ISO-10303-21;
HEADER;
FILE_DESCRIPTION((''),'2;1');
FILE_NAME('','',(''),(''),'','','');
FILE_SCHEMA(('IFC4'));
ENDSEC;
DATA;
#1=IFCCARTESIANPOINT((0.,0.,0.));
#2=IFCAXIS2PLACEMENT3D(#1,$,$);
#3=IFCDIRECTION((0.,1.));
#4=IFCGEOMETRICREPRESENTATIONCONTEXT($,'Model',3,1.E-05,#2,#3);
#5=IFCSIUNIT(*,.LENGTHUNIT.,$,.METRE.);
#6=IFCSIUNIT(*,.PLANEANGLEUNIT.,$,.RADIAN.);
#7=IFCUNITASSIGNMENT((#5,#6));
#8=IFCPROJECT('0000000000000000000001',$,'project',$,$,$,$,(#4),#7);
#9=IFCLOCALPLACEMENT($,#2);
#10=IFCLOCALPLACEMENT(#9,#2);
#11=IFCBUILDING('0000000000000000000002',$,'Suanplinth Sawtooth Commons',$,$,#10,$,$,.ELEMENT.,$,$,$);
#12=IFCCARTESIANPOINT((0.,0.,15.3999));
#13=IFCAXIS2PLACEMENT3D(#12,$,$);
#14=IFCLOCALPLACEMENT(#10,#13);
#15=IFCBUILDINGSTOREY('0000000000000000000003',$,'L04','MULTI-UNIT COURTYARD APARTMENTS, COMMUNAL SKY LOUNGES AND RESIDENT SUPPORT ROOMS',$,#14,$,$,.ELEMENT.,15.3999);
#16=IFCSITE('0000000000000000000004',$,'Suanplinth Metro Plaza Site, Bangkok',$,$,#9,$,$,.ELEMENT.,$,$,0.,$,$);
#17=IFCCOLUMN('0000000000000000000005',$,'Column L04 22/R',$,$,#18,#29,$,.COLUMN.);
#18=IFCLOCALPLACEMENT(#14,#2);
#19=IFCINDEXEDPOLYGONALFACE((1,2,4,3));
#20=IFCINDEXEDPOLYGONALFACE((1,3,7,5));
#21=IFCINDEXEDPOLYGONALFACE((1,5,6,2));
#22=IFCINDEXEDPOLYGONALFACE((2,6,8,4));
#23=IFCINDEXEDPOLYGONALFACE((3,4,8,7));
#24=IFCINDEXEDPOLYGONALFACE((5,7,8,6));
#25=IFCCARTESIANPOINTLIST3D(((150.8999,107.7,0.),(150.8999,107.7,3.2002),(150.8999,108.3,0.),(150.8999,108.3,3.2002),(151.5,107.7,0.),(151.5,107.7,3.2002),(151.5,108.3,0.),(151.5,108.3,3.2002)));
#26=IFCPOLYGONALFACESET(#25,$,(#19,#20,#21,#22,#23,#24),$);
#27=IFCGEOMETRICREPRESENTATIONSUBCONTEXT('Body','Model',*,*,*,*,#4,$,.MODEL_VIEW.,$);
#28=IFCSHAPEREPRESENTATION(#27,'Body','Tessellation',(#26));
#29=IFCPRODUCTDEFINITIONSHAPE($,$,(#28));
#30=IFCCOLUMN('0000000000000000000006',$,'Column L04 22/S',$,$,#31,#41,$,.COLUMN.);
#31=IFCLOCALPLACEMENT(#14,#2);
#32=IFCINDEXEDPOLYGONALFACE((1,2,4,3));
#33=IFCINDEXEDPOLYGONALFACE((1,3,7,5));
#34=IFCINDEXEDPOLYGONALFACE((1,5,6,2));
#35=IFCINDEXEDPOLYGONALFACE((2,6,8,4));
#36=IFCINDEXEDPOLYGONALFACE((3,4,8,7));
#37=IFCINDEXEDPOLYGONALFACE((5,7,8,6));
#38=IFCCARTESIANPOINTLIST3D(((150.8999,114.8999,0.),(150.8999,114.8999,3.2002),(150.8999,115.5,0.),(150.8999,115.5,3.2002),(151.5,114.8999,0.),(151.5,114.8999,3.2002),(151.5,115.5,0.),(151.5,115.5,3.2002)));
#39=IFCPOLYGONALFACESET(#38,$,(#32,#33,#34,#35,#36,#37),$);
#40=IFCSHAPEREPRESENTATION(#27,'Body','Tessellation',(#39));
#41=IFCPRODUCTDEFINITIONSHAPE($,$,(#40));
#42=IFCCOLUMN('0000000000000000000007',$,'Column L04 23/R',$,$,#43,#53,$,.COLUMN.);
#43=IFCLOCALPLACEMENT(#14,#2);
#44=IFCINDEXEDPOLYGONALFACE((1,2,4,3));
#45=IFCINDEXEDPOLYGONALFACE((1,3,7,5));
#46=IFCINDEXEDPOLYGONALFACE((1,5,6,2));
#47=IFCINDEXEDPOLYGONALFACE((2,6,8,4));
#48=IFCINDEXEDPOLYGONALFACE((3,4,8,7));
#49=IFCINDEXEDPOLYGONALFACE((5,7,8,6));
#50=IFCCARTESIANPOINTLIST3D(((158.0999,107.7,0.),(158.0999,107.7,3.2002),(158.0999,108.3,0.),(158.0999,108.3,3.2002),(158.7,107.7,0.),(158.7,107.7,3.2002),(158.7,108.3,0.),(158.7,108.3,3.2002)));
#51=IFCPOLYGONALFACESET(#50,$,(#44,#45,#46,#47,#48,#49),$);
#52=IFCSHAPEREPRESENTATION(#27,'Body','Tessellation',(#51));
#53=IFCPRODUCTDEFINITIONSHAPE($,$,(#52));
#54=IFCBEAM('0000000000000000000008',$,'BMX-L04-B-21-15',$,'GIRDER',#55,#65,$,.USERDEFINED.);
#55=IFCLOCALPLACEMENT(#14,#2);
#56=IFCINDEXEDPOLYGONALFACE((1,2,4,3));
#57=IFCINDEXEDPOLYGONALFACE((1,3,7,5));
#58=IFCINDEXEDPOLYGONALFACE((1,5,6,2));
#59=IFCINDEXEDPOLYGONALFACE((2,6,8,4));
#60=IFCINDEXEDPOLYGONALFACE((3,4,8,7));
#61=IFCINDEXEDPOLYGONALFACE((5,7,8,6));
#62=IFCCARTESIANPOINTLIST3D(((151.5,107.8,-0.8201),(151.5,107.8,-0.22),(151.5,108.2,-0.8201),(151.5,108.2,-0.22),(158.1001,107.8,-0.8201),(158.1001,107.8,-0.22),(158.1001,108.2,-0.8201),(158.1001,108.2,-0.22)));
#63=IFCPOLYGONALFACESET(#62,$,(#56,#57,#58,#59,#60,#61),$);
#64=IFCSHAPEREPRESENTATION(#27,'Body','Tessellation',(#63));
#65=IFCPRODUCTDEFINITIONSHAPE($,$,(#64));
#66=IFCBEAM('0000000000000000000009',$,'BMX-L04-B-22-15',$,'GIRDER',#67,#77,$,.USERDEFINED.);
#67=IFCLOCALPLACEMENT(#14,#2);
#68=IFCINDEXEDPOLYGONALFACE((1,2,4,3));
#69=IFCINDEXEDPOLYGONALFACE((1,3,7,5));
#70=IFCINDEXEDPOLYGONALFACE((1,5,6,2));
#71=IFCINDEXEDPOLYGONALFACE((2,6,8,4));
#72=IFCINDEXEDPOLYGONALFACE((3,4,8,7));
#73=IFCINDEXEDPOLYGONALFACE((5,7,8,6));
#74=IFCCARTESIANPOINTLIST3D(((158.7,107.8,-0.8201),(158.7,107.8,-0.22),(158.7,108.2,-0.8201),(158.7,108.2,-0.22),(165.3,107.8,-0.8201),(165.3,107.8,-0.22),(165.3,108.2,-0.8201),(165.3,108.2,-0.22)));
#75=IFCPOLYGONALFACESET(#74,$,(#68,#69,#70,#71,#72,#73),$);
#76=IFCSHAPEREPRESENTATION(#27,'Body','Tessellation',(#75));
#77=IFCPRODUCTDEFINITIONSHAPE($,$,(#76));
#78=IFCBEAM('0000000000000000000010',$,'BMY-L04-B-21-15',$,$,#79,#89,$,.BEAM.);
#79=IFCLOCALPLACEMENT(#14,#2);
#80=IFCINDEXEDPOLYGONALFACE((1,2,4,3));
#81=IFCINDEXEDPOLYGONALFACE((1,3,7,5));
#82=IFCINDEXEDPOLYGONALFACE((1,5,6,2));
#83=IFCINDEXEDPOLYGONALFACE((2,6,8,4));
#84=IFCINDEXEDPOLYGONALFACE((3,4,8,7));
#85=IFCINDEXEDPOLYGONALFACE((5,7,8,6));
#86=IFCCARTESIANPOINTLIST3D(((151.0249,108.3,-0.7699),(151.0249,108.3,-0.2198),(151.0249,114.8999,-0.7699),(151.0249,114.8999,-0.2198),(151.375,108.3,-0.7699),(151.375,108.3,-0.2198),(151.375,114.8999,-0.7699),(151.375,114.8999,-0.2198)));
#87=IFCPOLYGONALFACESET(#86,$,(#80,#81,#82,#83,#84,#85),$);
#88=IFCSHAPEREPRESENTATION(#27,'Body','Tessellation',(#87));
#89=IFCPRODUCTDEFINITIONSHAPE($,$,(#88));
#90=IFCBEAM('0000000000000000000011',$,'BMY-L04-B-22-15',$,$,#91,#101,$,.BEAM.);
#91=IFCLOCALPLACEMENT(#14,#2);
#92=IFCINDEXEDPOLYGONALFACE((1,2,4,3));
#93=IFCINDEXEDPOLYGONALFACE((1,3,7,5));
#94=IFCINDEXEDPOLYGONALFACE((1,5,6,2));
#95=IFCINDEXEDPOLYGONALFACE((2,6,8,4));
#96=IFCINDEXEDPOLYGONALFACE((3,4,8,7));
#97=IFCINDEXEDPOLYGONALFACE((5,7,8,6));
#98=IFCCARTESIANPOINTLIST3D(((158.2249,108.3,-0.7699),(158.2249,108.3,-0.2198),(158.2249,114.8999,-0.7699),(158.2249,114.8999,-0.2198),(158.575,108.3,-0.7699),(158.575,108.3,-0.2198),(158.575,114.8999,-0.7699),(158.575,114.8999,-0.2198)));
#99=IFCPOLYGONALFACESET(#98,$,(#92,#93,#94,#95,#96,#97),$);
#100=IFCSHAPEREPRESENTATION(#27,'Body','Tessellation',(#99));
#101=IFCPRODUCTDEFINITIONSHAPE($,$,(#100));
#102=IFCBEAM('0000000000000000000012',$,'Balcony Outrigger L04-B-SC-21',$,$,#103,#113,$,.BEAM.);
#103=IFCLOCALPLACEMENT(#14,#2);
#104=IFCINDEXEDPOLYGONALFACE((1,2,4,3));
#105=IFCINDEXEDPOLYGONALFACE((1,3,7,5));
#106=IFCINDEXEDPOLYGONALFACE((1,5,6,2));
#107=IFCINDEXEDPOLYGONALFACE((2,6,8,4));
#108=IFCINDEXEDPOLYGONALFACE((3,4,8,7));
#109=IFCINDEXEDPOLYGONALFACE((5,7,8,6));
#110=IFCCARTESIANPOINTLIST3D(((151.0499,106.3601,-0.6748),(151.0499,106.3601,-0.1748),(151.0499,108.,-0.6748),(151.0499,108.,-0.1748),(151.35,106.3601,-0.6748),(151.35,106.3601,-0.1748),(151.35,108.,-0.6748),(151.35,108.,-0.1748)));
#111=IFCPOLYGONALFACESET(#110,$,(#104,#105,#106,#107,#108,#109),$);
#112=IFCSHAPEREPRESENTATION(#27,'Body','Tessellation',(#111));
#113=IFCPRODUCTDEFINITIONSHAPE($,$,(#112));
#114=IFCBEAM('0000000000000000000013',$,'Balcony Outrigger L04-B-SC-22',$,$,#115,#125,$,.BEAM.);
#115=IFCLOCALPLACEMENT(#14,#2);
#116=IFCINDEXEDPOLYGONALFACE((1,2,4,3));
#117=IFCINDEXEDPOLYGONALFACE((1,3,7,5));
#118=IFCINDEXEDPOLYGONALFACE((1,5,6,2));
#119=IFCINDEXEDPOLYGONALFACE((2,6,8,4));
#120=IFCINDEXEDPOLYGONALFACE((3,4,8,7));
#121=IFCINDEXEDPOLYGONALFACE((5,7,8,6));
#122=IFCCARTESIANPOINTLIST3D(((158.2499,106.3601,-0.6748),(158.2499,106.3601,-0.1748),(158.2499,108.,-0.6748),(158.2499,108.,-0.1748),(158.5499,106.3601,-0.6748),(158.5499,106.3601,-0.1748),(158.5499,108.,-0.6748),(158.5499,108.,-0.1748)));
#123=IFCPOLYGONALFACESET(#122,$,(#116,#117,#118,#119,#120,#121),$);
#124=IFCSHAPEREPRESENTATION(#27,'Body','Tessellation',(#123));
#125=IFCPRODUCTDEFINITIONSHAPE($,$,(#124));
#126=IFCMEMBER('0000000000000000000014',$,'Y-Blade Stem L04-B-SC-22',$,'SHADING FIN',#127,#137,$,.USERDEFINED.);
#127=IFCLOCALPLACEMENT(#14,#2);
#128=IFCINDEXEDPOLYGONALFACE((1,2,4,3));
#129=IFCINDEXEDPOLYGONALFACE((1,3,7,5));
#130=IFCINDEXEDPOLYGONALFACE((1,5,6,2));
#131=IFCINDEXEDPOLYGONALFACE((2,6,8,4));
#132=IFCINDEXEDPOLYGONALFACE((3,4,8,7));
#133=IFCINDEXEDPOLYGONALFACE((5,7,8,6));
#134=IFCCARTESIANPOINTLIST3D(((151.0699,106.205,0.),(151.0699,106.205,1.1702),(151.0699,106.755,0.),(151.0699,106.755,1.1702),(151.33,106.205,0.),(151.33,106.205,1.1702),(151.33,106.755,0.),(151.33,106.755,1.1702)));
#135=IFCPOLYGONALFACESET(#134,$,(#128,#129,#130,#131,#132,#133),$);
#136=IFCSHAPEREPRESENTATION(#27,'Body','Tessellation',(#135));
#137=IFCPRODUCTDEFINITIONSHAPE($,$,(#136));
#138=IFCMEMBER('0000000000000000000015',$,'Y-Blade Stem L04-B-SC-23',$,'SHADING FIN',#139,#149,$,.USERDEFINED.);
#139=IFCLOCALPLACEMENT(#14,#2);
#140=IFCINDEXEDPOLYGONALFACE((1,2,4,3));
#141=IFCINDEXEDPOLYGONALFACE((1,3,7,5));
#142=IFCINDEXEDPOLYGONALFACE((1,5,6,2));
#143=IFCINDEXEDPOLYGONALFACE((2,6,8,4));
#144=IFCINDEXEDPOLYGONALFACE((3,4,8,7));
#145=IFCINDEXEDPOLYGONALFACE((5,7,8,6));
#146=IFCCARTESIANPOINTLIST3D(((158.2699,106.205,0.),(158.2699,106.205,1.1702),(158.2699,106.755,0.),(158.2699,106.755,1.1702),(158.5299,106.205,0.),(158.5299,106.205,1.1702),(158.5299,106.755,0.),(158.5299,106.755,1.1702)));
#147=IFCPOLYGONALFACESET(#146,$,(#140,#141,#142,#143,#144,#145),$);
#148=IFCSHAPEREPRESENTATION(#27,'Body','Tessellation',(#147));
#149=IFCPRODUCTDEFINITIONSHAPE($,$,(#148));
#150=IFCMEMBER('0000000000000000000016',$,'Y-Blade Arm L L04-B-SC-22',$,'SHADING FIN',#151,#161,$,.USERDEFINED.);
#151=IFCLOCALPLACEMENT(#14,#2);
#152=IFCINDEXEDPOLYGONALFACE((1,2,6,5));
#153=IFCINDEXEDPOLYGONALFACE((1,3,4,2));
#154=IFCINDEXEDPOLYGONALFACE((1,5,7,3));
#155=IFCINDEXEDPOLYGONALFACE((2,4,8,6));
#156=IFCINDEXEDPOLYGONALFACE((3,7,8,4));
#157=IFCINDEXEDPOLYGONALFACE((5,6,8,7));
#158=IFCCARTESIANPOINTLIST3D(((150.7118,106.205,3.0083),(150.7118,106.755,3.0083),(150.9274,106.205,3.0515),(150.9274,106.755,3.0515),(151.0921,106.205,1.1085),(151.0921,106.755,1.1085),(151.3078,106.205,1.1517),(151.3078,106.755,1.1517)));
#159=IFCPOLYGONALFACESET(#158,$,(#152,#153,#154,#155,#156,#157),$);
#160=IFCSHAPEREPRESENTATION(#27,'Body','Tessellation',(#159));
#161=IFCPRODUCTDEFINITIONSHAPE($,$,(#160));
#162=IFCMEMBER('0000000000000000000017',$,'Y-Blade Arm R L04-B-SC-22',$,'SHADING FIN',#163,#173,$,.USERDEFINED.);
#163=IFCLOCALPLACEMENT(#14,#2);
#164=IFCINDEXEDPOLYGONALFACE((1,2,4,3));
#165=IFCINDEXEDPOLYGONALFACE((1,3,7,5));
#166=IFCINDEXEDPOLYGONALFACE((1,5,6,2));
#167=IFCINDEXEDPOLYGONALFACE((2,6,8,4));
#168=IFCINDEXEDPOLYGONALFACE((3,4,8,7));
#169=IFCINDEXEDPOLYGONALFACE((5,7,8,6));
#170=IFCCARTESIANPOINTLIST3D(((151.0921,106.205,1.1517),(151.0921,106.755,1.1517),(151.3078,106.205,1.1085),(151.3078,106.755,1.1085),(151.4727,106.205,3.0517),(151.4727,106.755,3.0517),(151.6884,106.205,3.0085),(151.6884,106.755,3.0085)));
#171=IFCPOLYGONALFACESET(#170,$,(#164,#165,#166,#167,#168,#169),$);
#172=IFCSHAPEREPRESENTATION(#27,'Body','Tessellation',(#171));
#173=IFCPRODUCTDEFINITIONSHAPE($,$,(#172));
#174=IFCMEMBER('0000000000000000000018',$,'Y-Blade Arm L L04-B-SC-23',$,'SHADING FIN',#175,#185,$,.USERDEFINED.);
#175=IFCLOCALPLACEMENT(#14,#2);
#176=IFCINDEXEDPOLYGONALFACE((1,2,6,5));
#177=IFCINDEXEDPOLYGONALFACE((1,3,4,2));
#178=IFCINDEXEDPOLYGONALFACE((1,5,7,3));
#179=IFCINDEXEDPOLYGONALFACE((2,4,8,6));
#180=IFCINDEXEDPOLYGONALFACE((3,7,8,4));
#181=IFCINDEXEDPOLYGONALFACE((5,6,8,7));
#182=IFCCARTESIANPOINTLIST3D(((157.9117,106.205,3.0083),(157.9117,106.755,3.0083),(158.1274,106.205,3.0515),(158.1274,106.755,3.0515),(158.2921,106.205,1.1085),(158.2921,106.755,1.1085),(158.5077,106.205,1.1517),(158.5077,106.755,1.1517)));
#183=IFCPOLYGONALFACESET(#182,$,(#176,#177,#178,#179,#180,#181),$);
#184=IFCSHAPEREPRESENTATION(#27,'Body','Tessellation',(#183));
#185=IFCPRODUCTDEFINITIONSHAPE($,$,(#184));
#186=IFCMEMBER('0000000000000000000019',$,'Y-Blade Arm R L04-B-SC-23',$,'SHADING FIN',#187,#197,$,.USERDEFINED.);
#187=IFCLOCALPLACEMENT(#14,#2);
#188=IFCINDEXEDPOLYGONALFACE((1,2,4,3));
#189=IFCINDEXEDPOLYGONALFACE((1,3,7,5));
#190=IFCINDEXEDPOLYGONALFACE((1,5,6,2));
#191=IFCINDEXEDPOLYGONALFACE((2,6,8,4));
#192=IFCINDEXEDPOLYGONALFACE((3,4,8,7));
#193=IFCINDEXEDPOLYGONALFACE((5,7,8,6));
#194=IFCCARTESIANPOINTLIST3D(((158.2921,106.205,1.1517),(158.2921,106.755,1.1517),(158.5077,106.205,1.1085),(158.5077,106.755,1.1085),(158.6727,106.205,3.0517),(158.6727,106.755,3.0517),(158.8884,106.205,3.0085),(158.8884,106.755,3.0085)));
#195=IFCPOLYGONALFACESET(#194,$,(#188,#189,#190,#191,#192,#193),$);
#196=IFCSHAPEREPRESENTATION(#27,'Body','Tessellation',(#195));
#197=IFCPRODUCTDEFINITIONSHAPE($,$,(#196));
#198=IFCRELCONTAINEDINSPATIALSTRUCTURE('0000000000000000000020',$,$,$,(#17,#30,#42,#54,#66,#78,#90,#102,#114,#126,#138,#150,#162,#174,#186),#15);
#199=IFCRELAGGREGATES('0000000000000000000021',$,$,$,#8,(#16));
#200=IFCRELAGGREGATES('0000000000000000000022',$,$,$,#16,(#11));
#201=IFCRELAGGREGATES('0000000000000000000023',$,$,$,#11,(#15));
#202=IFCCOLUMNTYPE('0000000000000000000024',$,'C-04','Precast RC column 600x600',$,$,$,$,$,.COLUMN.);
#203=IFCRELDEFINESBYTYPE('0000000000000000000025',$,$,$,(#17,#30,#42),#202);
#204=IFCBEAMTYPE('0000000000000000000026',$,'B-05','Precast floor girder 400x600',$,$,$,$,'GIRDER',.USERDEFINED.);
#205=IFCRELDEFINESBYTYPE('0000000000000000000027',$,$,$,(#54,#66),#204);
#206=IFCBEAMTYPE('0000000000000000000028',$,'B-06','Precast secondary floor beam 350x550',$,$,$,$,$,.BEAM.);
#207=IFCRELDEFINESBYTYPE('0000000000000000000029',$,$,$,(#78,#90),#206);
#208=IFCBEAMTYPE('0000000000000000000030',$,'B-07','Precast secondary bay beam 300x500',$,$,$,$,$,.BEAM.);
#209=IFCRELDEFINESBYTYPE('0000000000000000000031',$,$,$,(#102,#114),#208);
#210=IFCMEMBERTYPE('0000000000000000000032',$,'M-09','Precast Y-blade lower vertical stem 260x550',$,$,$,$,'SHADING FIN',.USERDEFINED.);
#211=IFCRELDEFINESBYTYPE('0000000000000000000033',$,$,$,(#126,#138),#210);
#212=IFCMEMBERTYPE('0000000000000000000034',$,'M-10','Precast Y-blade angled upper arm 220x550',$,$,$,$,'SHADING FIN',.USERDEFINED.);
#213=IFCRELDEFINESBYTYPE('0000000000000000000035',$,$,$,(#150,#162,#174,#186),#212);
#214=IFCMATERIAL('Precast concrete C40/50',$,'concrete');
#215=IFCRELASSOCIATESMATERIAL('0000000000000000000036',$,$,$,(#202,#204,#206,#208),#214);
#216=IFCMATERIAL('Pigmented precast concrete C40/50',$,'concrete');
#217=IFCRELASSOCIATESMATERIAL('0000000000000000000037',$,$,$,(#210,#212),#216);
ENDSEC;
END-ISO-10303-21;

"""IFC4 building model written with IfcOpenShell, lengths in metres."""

from ifc_helpers import new_model, si_unit, direction, frame, origin, origin_2d, place, context, subcontext, project, spatial, rectangle, extrude, material, material_profile, profile_set, type_object, element, save


model = new_model("IFC4")

# Units and contexts
model_context = context("Model", 3, precision=1e-05, world=origin(), true_north=direction((0.0, 1.0)))
body_context = subcontext(model_context, "Body", "Model", "MODEL_VIEW")
ifc_project = project(units=[si_unit("LENGTHUNIT", "METRE"), si_unit("PLANEANGLEUNIT", "RADIAN")], contexts=[model_context])

# Site, building, storey
site_placement = place(None, origin())
site = spatial("IfcSite", under=ifc_project, at=site_placement, Name="Suanplinth Metro Plaza Site, Bangkok", CompositionType="ELEMENT", RefElevation=0.0)
building_placement = place(site_placement, origin())
building = spatial("IfcBuilding", under=site, at=building_placement, Name="Suanplinth Sawtooth Commons", CompositionType="ELEMENT")
storey_placement = place(building_placement, frame((0.0, 0.0, 15.3999)))
storey = spatial("IfcBuildingStorey", under=building, at=storey_placement, Name="L04", Description="MULTI-UNIT COURTYARD APARTMENTS, COMMUNAL SKY LOUNGES AND RESIDENT SUPPORT ROOMS", CompositionType="ELEMENT", Elevation=15.3999)

# Columns
ifc_material_1 = material(Name="Precast concrete C40/50", Category="concrete")
ifc_material_profile_1 = material_profile(ifc_material_1, rectangle(XDim=0.6001, YDim=0.6001, at=origin_2d()), Name="PC-COL 600x600")
ifc_profile_set_1 = profile_set([ifc_material_profile_1], Name="Precast concrete C40/50")
column_type = type_object("IfcColumnType", Name="C-04", Description="Precast RC column 600x600", PredefinedType="COLUMN", material=ifc_profile_set_1)
for number, where, z_axis, x_axis, name in (
    (1, (151.2, 108.0, 0.0), (0.0, 0.0, 1.0), (1.0, 0.0, 0.0), "Column L04 22/R"),
    (2, (151.2, 115.2, 0.0), (0.0, 0.0, 1.0), (1.0, 0.0, 0.0), "Column L04 22/S"),
    (3, (158.3999, 108.0, 0.0), (0.0, 0.0, 1.0), (1.0, 0.0, 0.0), "Column L04 23/R"),
):
    element("IfcColumn", number, at=place(storey_placement, frame(where, z_axis=z_axis, x_axis=x_axis)), inside=storey, type_object=column_type, Name=name, PredefinedType="COLUMN", context=body_context, shape_type="SweptSolid", body=[
        extrude(rectangle(XDim=0.6001, YDim=0.6001, at=origin_2d()), origin(), (0.0, 0.0, 1.0), 3.2002),
    ])

# Beams
ifc_material_profile_2 = material_profile(ifc_material_1, rectangle(XDim=0.3999, YDim=0.6001, at=origin_2d()), Name="PC-GDR 400x600")
ifc_profile_set_2 = profile_set([ifc_material_profile_2], Name="Precast concrete C40/50")
beam_type_1 = type_object("IfcBeamType", Name="B-05", Description="Precast floor girder 400x600", ElementType="GIRDER", PredefinedType="USERDEFINED", material=ifc_profile_set_2)
for number, where, z_axis, x_axis, name in (
    (4, (151.5, 108.0, -0.52), (1.0, 0.0, 0.0), (0.0, 1.0, 0.0), "BMX-L04-B-21-15"),
    (5, (158.7, 108.0, -0.52), (1.0, 0.0, 0.0), (0.0, 1.0, 0.0), "BMX-L04-B-22-15"),
):
    element("IfcBeam", number, at=place(storey_placement, frame(where, z_axis=z_axis, x_axis=x_axis)), inside=storey, type_object=beam_type_1, Name=name, ObjectType="GIRDER", PredefinedType="USERDEFINED", context=body_context, shape_type="SweptSolid", body=[
        extrude(rectangle(XDim=0.3999, YDim=0.6001, at=origin_2d()), origin(), (0.0, 0.0, 1.0), 6.6001),
    ])
ifc_material_profile_3 = material_profile(ifc_material_1, rectangle(XDim=0.3501, YDim=0.55, at=origin_2d()), Name="PC-BM 350x550")
ifc_profile_set_3 = profile_set([ifc_material_profile_3], Name="Precast concrete C40/50")
beam_type_2 = type_object("IfcBeamType", Name="B-06", Description="Precast secondary floor beam 350x550", PredefinedType="BEAM", material=ifc_profile_set_3)
for number, where, z_axis, x_axis, name in (
    (6, (151.2, 108.3, -0.4949), (0.0, 1.0, 0.0), (-1.0, 0.0, 0.0), "BMY-L04-B-21-15"),
    (7, (158.3999, 108.3, -0.4949), (0.0, 1.0, 0.0), (-1.0, 0.0, 0.0), "BMY-L04-B-22-15"),
):
    element("IfcBeam", number, at=place(storey_placement, frame(where, z_axis=z_axis, x_axis=x_axis)), inside=storey, type_object=beam_type_2, Name=name, PredefinedType="BEAM", context=body_context, shape_type="SweptSolid", body=[
        extrude(rectangle(XDim=0.3501, YDim=0.55, at=origin_2d()), origin(), (0.0, 0.0, 1.0), 6.5999),
    ])
ifc_material_profile_4 = material_profile(ifc_material_1, rectangle(XDim=0.3, YDim=0.5, at=origin_2d()), Name="PC-BM 300x500")
ifc_profile_set_4 = profile_set([ifc_material_profile_4], Name="Precast concrete C40/50")
beam_type_3 = type_object("IfcBeamType", Name="B-07", Description="Precast secondary bay beam 300x500", PredefinedType="BEAM", material=ifc_profile_set_4)
for number, where, z_axis, x_axis, name in (
    (8, (151.2, 108.0, -0.4248), (0.0, -1.0, 0.0), (1.0, 0.0, 0.0), "Balcony Outrigger L04-B-SC-21"),
    (9, (158.3999, 108.0, -0.4248), (0.0, -1.0, 0.0), (1.0, 0.0, 0.0), "Balcony Outrigger L04-B-SC-22"),
):
    element("IfcBeam", number, at=place(storey_placement, frame(where, z_axis=z_axis, x_axis=x_axis)), inside=storey, type_object=beam_type_3, Name=name, PredefinedType="BEAM", context=body_context, shape_type="SweptSolid", body=[
        extrude(rectangle(XDim=0.3, YDim=0.5, at=origin_2d()), origin(), (0.0, 0.0, 1.0), 1.6399),
    ])

# Members
ifc_material_2 = material(Name="Pigmented precast concrete C40/50", Category="concrete")
ifc_material_profile_5 = material_profile(ifc_material_2, rectangle(XDim=0.26, YDim=0.55, at=origin_2d()), Name="PC-FIN 260x550")
ifc_profile_set_5 = profile_set([ifc_material_profile_5], Name="Pigmented precast concrete C40/50")
member_type_1 = type_object("IfcMemberType", Name="M-09", Description="Precast Y-blade lower vertical stem 260x550", ElementType="SHADING FIN", PredefinedType="USERDEFINED", material=ifc_profile_set_5)
for number, where, z_axis, x_axis, name in (
    (10, (151.2, 106.48, 0.0), (0.0, 0.0, 1.0), (1.0, 0.0, 0.0), "Y-Blade Stem L04-B-SC-22"),
    (11, (158.3999, 106.48, 0.0), (0.0, 0.0, 1.0), (1.0, 0.0, 0.0), "Y-Blade Stem L04-B-SC-23"),
):
    element("IfcMember", number, at=place(storey_placement, frame(where, z_axis=z_axis, x_axis=x_axis)), inside=storey, type_object=member_type_1, Name=name, ObjectType="SHADING FIN", PredefinedType="USERDEFINED", context=body_context, shape_type="SweptSolid", body=[
        extrude(rectangle(XDim=0.26, YDim=0.55, at=origin_2d()), origin(), (0.0, 0.0, 1.0), 1.1702),
    ])
ifc_material_profile_6 = material_profile(ifc_material_2, rectangle(XDim=0.22, YDim=0.55, at=origin_2d()), Name="PC-FIN 220x550")
ifc_profile_set_6 = profile_set([ifc_material_profile_6], Name="Pigmented precast concrete C40/50")
member_type_2 = type_object("IfcMemberType", Name="M-10", Description="Precast Y-blade angled upper arm 220x550", ElementType="SHADING FIN", PredefinedType="USERDEFINED", material=ifc_profile_set_6)
member_1_placement = place(storey_placement, frame((151.2, 106.48, 1.1301), z_axis=(-0.19631, 0.0, 0.980542), x_axis=(0.980542, 0.0, 0.19631)))
element("IfcMember", 12, at=member_1_placement, inside=storey, type_object=member_type_2, Name="Y-Blade Arm L L04-B-SC-22", ObjectType="SHADING FIN", PredefinedType="USERDEFINED", context=body_context, shape_type="SweptSolid", body=[
    extrude(rectangle(XDim=0.22, YDim=0.55, at=origin_2d()), origin(), (0.0, 0.0, 1.0), 1.9375),
])
member_2_placement = place(storey_placement, frame((151.2, 106.48, 1.1301), z_axis=(0.196431, 0.0, 0.980518), x_axis=(-0.980518, 0.0, 0.196431)))
element("IfcMember", 13, at=member_2_placement, inside=storey, type_object=member_type_2, Name="Y-Blade Arm R L04-B-SC-22", ObjectType="SHADING FIN", PredefinedType="USERDEFINED", context=body_context, shape_type="SweptSolid", body=[
    extrude(rectangle(XDim=0.22, YDim=0.55, at=origin_2d()), origin(), (0.0, 0.0, 1.0), 1.9377),
])
member_3_placement = place(storey_placement, frame((158.3999, 106.48, 1.1301), z_axis=(-0.19631, 0.0, 0.980542), x_axis=(0.980542, 0.0, 0.19631)))
element("IfcMember", 14, at=member_3_placement, inside=storey, type_object=member_type_2, Name="Y-Blade Arm L L04-B-SC-23", ObjectType="SHADING FIN", PredefinedType="USERDEFINED", context=body_context, shape_type="SweptSolid", body=[
    extrude(rectangle(XDim=0.22, YDim=0.55, at=origin_2d()), origin(), (0.0, 0.0, 1.0), 1.9375),
])
member_4_placement = place(storey_placement, frame((158.3999, 106.48, 1.1301), z_axis=(0.196431, 0.0, 0.980518), x_axis=(-0.980518, 0.0, 0.196431)))
element("IfcMember", 15, at=member_4_placement, inside=storey, type_object=member_type_2, Name="Y-Blade Arm R L04-B-SC-23", ObjectType="SHADING FIN", PredefinedType="USERDEFINED", context=body_context, shape_type="SweptSolid", body=[
    extrude(rectangle(XDim=0.22, YDim=0.55, at=origin_2d()), origin(), (0.0, 0.0, 1.0), 1.9377),
])

save(model, "model.ifc")
